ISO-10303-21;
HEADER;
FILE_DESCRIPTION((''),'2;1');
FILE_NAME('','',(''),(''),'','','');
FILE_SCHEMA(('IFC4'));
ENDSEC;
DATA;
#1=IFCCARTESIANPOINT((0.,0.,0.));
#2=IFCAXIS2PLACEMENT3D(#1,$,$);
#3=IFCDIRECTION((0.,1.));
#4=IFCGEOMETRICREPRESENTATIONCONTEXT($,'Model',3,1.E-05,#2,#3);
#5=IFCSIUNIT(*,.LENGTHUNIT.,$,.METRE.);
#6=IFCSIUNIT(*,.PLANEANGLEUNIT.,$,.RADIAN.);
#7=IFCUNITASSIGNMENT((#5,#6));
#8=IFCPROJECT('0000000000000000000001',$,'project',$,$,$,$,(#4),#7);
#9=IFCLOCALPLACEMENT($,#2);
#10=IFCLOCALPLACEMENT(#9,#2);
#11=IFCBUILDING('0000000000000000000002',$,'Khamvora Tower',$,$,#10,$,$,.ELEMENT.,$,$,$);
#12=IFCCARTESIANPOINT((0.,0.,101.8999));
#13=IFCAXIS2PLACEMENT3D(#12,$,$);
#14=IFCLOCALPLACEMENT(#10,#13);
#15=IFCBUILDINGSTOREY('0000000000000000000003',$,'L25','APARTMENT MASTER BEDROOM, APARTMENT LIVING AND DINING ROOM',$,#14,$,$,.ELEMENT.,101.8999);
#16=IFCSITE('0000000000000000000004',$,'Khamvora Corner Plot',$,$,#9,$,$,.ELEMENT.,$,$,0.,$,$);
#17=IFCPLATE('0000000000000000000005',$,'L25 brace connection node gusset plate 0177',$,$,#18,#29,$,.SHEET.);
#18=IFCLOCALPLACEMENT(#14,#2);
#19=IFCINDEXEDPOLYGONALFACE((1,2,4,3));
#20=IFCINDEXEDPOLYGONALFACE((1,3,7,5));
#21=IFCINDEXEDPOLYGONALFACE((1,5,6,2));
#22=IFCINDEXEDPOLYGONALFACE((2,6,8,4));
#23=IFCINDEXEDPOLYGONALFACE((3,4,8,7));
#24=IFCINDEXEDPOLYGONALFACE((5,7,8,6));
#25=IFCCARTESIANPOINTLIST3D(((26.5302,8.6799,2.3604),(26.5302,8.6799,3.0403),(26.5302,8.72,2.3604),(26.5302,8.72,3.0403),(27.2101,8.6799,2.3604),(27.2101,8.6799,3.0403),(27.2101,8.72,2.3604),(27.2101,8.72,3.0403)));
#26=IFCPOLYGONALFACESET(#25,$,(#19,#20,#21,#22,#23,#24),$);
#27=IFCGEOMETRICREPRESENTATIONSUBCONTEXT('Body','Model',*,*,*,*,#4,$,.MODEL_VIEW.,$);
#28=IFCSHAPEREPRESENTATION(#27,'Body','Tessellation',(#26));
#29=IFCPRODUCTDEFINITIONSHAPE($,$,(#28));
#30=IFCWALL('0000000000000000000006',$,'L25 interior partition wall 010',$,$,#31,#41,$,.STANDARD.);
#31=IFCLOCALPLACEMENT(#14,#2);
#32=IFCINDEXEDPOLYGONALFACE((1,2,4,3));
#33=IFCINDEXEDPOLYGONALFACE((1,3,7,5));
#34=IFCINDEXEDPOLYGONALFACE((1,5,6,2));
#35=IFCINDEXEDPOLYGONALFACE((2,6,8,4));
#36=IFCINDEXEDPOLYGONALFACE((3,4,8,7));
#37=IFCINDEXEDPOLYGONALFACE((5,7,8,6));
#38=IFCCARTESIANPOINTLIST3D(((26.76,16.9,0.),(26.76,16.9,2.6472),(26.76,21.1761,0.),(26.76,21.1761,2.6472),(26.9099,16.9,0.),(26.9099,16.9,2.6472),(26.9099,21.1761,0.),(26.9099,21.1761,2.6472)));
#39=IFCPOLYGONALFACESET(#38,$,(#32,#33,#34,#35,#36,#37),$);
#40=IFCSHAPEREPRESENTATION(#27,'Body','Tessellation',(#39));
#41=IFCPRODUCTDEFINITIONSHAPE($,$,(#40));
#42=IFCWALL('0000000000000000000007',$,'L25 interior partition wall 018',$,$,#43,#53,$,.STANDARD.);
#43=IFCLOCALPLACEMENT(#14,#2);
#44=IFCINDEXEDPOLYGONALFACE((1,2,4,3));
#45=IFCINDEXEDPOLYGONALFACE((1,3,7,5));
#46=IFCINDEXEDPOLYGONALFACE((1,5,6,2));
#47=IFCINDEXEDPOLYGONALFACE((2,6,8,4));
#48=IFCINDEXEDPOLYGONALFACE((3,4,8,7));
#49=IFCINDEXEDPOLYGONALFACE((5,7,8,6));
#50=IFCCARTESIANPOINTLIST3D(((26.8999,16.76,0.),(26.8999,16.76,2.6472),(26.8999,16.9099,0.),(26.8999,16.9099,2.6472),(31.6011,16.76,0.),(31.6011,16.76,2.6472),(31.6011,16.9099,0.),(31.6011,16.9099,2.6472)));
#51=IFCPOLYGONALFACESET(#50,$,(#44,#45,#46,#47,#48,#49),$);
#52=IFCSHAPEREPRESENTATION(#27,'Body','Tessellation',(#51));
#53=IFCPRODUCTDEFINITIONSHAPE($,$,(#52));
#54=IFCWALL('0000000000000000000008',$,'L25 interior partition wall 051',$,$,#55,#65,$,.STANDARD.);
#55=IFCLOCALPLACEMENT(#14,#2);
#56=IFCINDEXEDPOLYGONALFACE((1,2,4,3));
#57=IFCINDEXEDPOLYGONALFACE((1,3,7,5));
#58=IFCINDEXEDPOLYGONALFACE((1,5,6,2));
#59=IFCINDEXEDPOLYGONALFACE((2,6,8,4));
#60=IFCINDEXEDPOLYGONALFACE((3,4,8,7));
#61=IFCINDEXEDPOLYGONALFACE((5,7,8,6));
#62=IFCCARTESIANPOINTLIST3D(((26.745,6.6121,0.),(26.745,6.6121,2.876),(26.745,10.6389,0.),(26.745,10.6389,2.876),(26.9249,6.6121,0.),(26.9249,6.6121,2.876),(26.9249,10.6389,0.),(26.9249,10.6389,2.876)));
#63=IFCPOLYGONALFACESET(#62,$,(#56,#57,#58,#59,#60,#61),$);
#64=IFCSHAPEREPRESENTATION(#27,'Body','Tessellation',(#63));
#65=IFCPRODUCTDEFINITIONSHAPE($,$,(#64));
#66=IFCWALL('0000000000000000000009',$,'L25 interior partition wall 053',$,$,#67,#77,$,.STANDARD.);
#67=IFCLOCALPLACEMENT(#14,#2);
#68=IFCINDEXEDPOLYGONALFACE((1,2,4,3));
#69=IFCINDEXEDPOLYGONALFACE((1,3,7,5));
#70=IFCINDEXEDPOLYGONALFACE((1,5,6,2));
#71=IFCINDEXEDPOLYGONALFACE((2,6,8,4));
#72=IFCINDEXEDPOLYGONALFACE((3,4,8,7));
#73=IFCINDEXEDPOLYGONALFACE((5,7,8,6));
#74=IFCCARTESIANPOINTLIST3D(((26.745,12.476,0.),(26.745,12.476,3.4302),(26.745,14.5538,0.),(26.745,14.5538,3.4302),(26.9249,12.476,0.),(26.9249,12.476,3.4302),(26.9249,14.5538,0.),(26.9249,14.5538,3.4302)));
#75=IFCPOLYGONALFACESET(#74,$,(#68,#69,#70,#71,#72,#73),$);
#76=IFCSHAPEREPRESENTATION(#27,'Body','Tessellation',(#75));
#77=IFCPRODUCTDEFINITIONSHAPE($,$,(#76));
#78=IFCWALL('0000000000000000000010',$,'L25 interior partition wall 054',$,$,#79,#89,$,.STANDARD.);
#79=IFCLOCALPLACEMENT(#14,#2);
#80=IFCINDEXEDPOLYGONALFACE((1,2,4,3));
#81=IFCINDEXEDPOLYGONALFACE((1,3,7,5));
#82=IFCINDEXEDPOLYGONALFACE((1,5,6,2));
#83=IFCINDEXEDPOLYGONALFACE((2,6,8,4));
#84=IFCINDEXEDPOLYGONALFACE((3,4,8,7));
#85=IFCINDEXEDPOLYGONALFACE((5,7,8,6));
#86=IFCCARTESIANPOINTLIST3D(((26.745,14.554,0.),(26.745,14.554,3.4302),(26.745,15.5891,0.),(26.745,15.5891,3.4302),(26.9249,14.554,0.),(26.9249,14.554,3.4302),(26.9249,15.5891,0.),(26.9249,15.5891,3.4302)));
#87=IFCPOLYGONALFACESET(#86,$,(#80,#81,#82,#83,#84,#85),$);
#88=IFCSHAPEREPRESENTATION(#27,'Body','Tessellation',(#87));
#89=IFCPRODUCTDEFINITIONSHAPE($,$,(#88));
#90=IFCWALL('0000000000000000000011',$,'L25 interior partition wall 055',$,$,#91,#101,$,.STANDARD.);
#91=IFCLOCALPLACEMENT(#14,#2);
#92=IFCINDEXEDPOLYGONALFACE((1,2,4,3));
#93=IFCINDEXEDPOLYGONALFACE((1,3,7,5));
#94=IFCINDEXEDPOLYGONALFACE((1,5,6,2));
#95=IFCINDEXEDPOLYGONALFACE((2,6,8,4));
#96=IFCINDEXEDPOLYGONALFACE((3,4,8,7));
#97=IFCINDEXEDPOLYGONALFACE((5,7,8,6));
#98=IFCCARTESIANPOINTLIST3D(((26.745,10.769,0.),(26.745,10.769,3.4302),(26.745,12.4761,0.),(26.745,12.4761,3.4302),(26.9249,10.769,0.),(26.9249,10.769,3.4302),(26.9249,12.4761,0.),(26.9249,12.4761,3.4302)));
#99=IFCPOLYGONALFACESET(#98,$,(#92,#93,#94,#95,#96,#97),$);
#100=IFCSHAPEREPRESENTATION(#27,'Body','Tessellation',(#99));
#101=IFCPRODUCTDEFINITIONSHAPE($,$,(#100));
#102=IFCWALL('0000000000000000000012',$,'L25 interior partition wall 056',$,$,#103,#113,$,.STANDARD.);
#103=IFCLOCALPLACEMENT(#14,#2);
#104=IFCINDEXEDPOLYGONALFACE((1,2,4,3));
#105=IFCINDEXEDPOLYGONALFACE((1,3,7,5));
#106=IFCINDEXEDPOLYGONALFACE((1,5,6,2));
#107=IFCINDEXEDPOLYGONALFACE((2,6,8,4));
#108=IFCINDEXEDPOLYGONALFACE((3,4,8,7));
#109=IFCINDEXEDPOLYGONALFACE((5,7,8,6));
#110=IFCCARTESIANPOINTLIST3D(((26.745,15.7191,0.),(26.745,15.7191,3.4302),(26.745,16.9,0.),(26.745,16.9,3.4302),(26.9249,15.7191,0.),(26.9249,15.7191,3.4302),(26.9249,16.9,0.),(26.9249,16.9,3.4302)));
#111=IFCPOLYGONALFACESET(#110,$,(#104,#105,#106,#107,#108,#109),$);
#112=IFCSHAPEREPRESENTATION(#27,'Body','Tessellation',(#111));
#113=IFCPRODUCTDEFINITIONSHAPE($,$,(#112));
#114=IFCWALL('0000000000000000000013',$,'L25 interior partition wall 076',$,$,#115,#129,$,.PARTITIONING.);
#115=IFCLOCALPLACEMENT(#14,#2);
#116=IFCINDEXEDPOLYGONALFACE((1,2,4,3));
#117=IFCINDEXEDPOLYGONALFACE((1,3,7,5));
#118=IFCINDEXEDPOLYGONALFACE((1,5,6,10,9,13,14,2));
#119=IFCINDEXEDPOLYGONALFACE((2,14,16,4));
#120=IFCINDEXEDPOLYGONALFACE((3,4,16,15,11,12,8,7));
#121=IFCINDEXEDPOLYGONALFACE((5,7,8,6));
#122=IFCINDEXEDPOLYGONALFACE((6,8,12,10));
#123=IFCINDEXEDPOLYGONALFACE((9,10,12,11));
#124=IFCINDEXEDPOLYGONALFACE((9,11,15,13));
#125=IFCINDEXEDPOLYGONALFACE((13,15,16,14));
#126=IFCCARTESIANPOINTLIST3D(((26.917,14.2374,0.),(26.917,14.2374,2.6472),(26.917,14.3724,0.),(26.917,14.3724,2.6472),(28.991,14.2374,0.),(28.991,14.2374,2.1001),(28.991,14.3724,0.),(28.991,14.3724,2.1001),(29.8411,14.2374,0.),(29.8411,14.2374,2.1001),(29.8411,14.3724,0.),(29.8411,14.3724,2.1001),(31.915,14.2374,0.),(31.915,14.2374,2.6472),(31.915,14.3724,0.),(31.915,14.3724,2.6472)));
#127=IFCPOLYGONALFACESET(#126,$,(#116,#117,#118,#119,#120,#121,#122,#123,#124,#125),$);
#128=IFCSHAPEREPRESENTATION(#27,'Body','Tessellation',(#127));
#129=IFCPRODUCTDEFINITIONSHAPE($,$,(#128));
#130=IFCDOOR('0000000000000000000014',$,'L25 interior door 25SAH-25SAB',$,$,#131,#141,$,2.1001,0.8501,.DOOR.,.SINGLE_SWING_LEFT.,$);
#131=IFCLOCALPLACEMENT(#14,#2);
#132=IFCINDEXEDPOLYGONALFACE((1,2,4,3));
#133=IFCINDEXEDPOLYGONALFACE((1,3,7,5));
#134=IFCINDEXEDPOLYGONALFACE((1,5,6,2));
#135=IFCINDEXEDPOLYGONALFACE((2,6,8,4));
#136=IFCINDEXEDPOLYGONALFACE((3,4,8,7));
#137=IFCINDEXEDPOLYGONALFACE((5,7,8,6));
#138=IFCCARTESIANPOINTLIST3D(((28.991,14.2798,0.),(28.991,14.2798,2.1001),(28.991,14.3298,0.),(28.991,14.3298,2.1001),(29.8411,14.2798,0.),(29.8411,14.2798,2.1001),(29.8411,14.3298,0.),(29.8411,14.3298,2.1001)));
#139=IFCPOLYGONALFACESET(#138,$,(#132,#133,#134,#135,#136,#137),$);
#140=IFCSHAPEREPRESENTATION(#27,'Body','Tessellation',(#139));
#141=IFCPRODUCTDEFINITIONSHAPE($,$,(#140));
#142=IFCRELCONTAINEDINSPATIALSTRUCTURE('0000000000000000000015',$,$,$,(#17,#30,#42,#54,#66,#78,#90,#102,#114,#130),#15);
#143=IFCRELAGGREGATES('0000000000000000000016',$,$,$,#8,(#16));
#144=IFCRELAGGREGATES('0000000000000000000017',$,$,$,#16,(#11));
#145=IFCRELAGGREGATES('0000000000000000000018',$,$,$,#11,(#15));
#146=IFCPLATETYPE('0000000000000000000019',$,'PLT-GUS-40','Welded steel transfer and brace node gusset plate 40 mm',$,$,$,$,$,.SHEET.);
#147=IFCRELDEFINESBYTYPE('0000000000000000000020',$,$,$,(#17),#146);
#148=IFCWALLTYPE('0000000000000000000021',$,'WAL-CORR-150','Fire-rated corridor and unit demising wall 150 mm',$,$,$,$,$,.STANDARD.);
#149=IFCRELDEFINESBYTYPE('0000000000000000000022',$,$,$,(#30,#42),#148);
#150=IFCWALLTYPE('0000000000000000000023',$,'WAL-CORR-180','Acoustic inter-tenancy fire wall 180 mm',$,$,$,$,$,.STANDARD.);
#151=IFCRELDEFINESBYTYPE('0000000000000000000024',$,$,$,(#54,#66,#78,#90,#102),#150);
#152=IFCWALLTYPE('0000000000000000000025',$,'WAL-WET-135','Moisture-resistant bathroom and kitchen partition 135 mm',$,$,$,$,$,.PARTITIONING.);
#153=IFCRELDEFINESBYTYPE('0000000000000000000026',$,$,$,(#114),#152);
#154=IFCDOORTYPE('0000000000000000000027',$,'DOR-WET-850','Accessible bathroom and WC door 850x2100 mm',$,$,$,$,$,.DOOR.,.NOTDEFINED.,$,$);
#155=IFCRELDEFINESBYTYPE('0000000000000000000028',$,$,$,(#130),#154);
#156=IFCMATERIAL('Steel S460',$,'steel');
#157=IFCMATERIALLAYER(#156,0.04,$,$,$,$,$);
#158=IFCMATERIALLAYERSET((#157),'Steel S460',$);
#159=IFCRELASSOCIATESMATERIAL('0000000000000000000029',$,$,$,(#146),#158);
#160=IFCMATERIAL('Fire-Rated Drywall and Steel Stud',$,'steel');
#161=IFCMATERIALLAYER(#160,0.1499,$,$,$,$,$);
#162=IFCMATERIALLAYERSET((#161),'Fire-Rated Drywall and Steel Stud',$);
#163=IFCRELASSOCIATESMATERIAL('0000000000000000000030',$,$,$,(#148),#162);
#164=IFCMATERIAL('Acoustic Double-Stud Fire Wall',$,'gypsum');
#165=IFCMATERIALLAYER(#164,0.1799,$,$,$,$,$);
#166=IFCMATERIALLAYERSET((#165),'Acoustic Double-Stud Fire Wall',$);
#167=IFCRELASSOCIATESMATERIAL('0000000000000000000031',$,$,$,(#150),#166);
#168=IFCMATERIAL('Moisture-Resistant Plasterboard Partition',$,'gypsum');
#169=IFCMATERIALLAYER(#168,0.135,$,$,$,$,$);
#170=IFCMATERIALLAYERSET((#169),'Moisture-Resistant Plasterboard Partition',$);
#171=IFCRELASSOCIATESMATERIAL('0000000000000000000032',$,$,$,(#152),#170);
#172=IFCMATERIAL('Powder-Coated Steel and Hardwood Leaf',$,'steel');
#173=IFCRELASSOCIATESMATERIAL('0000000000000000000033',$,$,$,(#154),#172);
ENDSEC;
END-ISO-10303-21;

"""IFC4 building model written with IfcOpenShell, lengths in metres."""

from ifc_helpers import new_model, si_unit, direction, frame, frame_2d, origin, origin_2d, place, context, subcontext, project, spatial, rectangle, extrude, material, layer, layer_set, type_object, element, fill, save


model = new_model("IFC4")

# Units and contexts
model_context = context("Model", 3, precision=1e-05, world=origin(), true_north=direction((0.0, 1.0)))
body_context = subcontext(model_context, "Body", "Model", "MODEL_VIEW")
ifc_project = project(units=[si_unit("LENGTHUNIT", "METRE"), si_unit("PLANEANGLEUNIT", "RADIAN")], contexts=[model_context])

# Site, building, storey
site_placement = place(None, origin())
site = spatial("IfcSite", under=ifc_project, at=site_placement, Name="Khamvora Corner Plot", CompositionType="ELEMENT", RefElevation=0.0)
building_placement = place(site_placement, origin())
building = spatial("IfcBuilding", under=site, at=building_placement, Name="Khamvora Tower", CompositionType="ELEMENT")
storey_placement = place(building_placement, frame((0.0, 0.0, 101.8999)))
storey = spatial("IfcBuildingStorey", under=building, at=storey_placement, Name="L25", Description="APARTMENT MASTER BEDROOM, APARTMENT LIVING AND DINING ROOM", CompositionType="ELEMENT", Elevation=101.8999)

# Shared definitions
ifc_material_1 = material(Name="Steel S460", Category="steel")

# Plate
ifc_layer_1 = layer(ifc_material_1, 0.04)
ifc_layer_set_1 = layer_set([ifc_layer_1], Name="Steel S460")
plate_type_1 = type_object("IfcPlateType", Name="PLT-GUS-40", Description="Welded steel transfer and brace node gusset plate 40 mm", PredefinedType="SHEET", material=ifc_layer_set_1)
plate_1_placement = place(storey_placement, frame((26.8701, 8.7, 2.3604), z_axis=(0.0, 0.0, 1.0), x_axis=(1.0, 0.0, 0.0)))
element("IfcPlate", 1, at=plate_1_placement, inside=storey, type_object=plate_type_1, Name="L25 brace connection node gusset plate 0177", PredefinedType="SHEET", context=body_context, shape_type="SweptSolid", body=[
    extrude(rectangle(XDim=0.6799, YDim=0.04, at=origin_2d()), origin(), (0.0, 0.0, 1.0), 0.6799),
])

# Walls
ifc_material_2 = material(Name="Fire-Rated Drywall and Steel Stud", Category="steel")
ifc_layer_2 = layer(ifc_material_2, 0.1499)
ifc_layer_set_2 = layer_set([ifc_layer_2], Name="Fire-Rated Drywall and Steel Stud")
wall_type_1 = type_object("IfcWallType", Name="WAL-CORR-150", Description="Fire-rated corridor and unit demising wall 150 mm", PredefinedType="STANDARD", material=ifc_layer_set_2)
wall_1_placement = place(storey_placement, frame((26.835, 16.8999, 0.0), z_axis=(0.0, 0.0, 1.0), x_axis=(0.0, 1.0, 0.0)))
element("IfcWall", 2, at=wall_1_placement, inside=storey, type_object=wall_type_1, Name="L25 interior partition wall 010", PredefinedType="STANDARD", context=body_context, shape_type="SweptSolid", body=[
    extrude(rectangle(XDim=4.2761, YDim=0.1499, at=frame_2d((2.1382, 0.0))), origin(), (0.0, 0.0, 1.0), 2.6472),
])
wall_2_placement = place(storey_placement, frame((31.6011, 16.835, 0.0), z_axis=(0.0, 0.0, 1.0), x_axis=(-1.0, 0.0, 0.0)))
element("IfcWall", 3, at=wall_2_placement, inside=storey, type_object=wall_type_1, Name="L25 interior partition wall 018", PredefinedType="STANDARD", context=body_context, shape_type="SweptSolid", body=[
    extrude(rectangle(XDim=4.7012, YDim=0.1499, at=frame_2d((2.3506, 0.0))), origin(), (0.0, 0.0, 1.0), 2.6472),
])
ifc_material_3 = material(Name="Acoustic Double-Stud Fire Wall", Category="gypsum")
ifc_layer_3 = layer(ifc_material_3, 0.1799)
ifc_layer_set_3 = layer_set([ifc_layer_3], Name="Acoustic Double-Stud Fire Wall")
wall_type_2 = type_object("IfcWallType", Name="WAL-CORR-180", Description="Acoustic inter-tenancy fire wall 180 mm", PredefinedType="STANDARD", material=ifc_layer_set_3)
wall_3_placement = place(storey_placement, frame((26.835, 10.6389, 0.0), z_axis=(0.0, 0.0, 1.0), x_axis=(0.0, -1.0, 0.0)))
element("IfcWall", 4, at=wall_3_placement, inside=storey, type_object=wall_type_2, Name="L25 interior partition wall 051", PredefinedType="STANDARD", context=body_context, shape_type="SweptSolid", body=[
    extrude(rectangle(XDim=4.0269, YDim=0.1799, at=frame_2d((2.0134, 0.0))), origin(), (0.0, 0.0, 1.0), 2.876),
])
wall_4_placement = place(storey_placement, frame((26.835, 14.554, 0.0), z_axis=(0.0, 0.0, 1.0), x_axis=(0.0, -1.0, 0.0)))
element("IfcWall", 5, at=wall_4_placement, inside=storey, type_object=wall_type_2, Name="L25 interior partition wall 053", PredefinedType="STANDARD", context=body_context, shape_type="SweptSolid", body=[
    extrude(rectangle(XDim=2.0779, YDim=0.1799, at=frame_2d((1.0391, 0.0))), origin(), (0.0, 0.0, 1.0), 3.4302),
])
wall_5_placement = place(storey_placement, frame((26.835, 15.5891, 0.0), z_axis=(0.0, 0.0, 1.0), x_axis=(0.0, -1.0, 0.0)))
element("IfcWall", 6, at=wall_5_placement, inside=storey, type_object=wall_type_2, Name="L25 interior partition wall 054", PredefinedType="STANDARD", context=body_context, shape_type="SweptSolid", body=[
    extrude(rectangle(XDim=1.0352, YDim=0.1799, at=frame_2d((0.5176, 0.0))), origin(), (0.0, 0.0, 1.0), 3.4302),
])
wall_6_placement = place(storey_placement, frame((26.835, 12.4761, 0.0), z_axis=(0.0, 0.0, 1.0), x_axis=(0.0, -1.0, 0.0)))
element("IfcWall", 7, at=wall_6_placement, inside=storey, type_object=wall_type_2, Name="L25 interior partition wall 055", PredefinedType="STANDARD", context=body_context, shape_type="SweptSolid", body=[
    extrude(rectangle(XDim=1.707, YDim=0.1799, at=frame_2d((0.8535, 0.0))), origin(), (0.0, 0.0, 1.0), 3.4302),
])
wall_7_placement = place(storey_placement, frame((26.835, 16.8999, 0.0), z_axis=(0.0, 0.0, 1.0), x_axis=(0.0, -1.0, 0.0)))
element("IfcWall", 8, at=wall_7_placement, inside=storey, type_object=wall_type_2, Name="L25 interior partition wall 056", PredefinedType="STANDARD", context=body_context, shape_type="SweptSolid", body=[
    extrude(rectangle(XDim=1.1809, YDim=0.1799, at=frame_2d((0.5903, 0.0))), origin(), (0.0, 0.0, 1.0), 3.4302),
])

# Wall, opening, door
ifc_material_4 = material(Name="Moisture-Resistant Plasterboard Partition", Category="gypsum")
ifc_layer_4 = layer(ifc_material_4, 0.135)
ifc_layer_set_4 = layer_set([ifc_layer_4], Name="Moisture-Resistant Plasterboard Partition")
wall_type_3 = type_object("IfcWallType", Name="WAL-WET-135", Description="Moisture-resistant bathroom and kitchen partition 135 mm", PredefinedType="PARTITIONING", material=ifc_layer_set_4)
wall_8_placement = place(storey_placement, frame((26.917, 14.3049, 0.0), z_axis=(0.0, 0.0, 1.0), x_axis=(1.0, 0.0, 0.0)))
wall_8 = element("IfcWall", 9, at=wall_8_placement, inside=storey, type_object=wall_type_3, Name="L25 interior partition wall 076", PredefinedType="PARTITIONING", context=body_context, shape_type="SweptSolid", body=[
    extrude(rectangle(XDim=4.998, YDim=0.135, at=frame_2d((2.499, 0.0))), origin(), (0.0, 0.0, 1.0), 2.6472),
])
opening_placement = place(wall_8_placement, frame((2.074, 0.0, 0.0)))
opening = element("IfcOpeningElement", 10, at=opening_placement, cuts=wall_8, PredefinedType="OPENING", context=body_context, shape_type="SweptSolid", body=[
    extrude(rectangle(XDim=0.8501, YDim=2.1001, at=frame_2d((0.425, 1.05))), frame((0.0, 0.0774, 0.0), z_axis=(0.0, -1.0, 0.0), x_axis=(1.0, 0.0, 0.0)), (0.0, 0.0, 1.0), 0.155),
])
ifc_material_5 = material(Name="Powder-Coated Steel and Hardwood Leaf", Category="steel")
door_type = type_object("IfcDoorType", Name="DOR-WET-850", Description="Accessible bathroom and WC door 850x2100 mm", OperationType="NOTDEFINED", PredefinedType="DOOR", material=ifc_material_5)
door_placement = place(opening_placement, origin())
door = element("IfcDoor", 11, at=door_placement, inside=storey, type_object=door_type, Name="L25 interior door 25SAH-25SAB", OperationType="SINGLE_SWING_LEFT", OverallHeight=2.1001, OverallWidth=0.8501, PredefinedType="DOOR", context=body_context, shape_type="SweptSolid", body=[
    extrude(rectangle(XDim=0.8501, YDim=2.1001, at=frame_2d((0.425, 1.05))), frame((0.0, 0.0249, 0.0), z_axis=(0.0, -1.0, 0.0), x_axis=(1.0, 0.0, 0.0)), (0.0, 0.0, 1.0), 0.05),
])
fill(opening, door)

save(model, "model.ifc")
